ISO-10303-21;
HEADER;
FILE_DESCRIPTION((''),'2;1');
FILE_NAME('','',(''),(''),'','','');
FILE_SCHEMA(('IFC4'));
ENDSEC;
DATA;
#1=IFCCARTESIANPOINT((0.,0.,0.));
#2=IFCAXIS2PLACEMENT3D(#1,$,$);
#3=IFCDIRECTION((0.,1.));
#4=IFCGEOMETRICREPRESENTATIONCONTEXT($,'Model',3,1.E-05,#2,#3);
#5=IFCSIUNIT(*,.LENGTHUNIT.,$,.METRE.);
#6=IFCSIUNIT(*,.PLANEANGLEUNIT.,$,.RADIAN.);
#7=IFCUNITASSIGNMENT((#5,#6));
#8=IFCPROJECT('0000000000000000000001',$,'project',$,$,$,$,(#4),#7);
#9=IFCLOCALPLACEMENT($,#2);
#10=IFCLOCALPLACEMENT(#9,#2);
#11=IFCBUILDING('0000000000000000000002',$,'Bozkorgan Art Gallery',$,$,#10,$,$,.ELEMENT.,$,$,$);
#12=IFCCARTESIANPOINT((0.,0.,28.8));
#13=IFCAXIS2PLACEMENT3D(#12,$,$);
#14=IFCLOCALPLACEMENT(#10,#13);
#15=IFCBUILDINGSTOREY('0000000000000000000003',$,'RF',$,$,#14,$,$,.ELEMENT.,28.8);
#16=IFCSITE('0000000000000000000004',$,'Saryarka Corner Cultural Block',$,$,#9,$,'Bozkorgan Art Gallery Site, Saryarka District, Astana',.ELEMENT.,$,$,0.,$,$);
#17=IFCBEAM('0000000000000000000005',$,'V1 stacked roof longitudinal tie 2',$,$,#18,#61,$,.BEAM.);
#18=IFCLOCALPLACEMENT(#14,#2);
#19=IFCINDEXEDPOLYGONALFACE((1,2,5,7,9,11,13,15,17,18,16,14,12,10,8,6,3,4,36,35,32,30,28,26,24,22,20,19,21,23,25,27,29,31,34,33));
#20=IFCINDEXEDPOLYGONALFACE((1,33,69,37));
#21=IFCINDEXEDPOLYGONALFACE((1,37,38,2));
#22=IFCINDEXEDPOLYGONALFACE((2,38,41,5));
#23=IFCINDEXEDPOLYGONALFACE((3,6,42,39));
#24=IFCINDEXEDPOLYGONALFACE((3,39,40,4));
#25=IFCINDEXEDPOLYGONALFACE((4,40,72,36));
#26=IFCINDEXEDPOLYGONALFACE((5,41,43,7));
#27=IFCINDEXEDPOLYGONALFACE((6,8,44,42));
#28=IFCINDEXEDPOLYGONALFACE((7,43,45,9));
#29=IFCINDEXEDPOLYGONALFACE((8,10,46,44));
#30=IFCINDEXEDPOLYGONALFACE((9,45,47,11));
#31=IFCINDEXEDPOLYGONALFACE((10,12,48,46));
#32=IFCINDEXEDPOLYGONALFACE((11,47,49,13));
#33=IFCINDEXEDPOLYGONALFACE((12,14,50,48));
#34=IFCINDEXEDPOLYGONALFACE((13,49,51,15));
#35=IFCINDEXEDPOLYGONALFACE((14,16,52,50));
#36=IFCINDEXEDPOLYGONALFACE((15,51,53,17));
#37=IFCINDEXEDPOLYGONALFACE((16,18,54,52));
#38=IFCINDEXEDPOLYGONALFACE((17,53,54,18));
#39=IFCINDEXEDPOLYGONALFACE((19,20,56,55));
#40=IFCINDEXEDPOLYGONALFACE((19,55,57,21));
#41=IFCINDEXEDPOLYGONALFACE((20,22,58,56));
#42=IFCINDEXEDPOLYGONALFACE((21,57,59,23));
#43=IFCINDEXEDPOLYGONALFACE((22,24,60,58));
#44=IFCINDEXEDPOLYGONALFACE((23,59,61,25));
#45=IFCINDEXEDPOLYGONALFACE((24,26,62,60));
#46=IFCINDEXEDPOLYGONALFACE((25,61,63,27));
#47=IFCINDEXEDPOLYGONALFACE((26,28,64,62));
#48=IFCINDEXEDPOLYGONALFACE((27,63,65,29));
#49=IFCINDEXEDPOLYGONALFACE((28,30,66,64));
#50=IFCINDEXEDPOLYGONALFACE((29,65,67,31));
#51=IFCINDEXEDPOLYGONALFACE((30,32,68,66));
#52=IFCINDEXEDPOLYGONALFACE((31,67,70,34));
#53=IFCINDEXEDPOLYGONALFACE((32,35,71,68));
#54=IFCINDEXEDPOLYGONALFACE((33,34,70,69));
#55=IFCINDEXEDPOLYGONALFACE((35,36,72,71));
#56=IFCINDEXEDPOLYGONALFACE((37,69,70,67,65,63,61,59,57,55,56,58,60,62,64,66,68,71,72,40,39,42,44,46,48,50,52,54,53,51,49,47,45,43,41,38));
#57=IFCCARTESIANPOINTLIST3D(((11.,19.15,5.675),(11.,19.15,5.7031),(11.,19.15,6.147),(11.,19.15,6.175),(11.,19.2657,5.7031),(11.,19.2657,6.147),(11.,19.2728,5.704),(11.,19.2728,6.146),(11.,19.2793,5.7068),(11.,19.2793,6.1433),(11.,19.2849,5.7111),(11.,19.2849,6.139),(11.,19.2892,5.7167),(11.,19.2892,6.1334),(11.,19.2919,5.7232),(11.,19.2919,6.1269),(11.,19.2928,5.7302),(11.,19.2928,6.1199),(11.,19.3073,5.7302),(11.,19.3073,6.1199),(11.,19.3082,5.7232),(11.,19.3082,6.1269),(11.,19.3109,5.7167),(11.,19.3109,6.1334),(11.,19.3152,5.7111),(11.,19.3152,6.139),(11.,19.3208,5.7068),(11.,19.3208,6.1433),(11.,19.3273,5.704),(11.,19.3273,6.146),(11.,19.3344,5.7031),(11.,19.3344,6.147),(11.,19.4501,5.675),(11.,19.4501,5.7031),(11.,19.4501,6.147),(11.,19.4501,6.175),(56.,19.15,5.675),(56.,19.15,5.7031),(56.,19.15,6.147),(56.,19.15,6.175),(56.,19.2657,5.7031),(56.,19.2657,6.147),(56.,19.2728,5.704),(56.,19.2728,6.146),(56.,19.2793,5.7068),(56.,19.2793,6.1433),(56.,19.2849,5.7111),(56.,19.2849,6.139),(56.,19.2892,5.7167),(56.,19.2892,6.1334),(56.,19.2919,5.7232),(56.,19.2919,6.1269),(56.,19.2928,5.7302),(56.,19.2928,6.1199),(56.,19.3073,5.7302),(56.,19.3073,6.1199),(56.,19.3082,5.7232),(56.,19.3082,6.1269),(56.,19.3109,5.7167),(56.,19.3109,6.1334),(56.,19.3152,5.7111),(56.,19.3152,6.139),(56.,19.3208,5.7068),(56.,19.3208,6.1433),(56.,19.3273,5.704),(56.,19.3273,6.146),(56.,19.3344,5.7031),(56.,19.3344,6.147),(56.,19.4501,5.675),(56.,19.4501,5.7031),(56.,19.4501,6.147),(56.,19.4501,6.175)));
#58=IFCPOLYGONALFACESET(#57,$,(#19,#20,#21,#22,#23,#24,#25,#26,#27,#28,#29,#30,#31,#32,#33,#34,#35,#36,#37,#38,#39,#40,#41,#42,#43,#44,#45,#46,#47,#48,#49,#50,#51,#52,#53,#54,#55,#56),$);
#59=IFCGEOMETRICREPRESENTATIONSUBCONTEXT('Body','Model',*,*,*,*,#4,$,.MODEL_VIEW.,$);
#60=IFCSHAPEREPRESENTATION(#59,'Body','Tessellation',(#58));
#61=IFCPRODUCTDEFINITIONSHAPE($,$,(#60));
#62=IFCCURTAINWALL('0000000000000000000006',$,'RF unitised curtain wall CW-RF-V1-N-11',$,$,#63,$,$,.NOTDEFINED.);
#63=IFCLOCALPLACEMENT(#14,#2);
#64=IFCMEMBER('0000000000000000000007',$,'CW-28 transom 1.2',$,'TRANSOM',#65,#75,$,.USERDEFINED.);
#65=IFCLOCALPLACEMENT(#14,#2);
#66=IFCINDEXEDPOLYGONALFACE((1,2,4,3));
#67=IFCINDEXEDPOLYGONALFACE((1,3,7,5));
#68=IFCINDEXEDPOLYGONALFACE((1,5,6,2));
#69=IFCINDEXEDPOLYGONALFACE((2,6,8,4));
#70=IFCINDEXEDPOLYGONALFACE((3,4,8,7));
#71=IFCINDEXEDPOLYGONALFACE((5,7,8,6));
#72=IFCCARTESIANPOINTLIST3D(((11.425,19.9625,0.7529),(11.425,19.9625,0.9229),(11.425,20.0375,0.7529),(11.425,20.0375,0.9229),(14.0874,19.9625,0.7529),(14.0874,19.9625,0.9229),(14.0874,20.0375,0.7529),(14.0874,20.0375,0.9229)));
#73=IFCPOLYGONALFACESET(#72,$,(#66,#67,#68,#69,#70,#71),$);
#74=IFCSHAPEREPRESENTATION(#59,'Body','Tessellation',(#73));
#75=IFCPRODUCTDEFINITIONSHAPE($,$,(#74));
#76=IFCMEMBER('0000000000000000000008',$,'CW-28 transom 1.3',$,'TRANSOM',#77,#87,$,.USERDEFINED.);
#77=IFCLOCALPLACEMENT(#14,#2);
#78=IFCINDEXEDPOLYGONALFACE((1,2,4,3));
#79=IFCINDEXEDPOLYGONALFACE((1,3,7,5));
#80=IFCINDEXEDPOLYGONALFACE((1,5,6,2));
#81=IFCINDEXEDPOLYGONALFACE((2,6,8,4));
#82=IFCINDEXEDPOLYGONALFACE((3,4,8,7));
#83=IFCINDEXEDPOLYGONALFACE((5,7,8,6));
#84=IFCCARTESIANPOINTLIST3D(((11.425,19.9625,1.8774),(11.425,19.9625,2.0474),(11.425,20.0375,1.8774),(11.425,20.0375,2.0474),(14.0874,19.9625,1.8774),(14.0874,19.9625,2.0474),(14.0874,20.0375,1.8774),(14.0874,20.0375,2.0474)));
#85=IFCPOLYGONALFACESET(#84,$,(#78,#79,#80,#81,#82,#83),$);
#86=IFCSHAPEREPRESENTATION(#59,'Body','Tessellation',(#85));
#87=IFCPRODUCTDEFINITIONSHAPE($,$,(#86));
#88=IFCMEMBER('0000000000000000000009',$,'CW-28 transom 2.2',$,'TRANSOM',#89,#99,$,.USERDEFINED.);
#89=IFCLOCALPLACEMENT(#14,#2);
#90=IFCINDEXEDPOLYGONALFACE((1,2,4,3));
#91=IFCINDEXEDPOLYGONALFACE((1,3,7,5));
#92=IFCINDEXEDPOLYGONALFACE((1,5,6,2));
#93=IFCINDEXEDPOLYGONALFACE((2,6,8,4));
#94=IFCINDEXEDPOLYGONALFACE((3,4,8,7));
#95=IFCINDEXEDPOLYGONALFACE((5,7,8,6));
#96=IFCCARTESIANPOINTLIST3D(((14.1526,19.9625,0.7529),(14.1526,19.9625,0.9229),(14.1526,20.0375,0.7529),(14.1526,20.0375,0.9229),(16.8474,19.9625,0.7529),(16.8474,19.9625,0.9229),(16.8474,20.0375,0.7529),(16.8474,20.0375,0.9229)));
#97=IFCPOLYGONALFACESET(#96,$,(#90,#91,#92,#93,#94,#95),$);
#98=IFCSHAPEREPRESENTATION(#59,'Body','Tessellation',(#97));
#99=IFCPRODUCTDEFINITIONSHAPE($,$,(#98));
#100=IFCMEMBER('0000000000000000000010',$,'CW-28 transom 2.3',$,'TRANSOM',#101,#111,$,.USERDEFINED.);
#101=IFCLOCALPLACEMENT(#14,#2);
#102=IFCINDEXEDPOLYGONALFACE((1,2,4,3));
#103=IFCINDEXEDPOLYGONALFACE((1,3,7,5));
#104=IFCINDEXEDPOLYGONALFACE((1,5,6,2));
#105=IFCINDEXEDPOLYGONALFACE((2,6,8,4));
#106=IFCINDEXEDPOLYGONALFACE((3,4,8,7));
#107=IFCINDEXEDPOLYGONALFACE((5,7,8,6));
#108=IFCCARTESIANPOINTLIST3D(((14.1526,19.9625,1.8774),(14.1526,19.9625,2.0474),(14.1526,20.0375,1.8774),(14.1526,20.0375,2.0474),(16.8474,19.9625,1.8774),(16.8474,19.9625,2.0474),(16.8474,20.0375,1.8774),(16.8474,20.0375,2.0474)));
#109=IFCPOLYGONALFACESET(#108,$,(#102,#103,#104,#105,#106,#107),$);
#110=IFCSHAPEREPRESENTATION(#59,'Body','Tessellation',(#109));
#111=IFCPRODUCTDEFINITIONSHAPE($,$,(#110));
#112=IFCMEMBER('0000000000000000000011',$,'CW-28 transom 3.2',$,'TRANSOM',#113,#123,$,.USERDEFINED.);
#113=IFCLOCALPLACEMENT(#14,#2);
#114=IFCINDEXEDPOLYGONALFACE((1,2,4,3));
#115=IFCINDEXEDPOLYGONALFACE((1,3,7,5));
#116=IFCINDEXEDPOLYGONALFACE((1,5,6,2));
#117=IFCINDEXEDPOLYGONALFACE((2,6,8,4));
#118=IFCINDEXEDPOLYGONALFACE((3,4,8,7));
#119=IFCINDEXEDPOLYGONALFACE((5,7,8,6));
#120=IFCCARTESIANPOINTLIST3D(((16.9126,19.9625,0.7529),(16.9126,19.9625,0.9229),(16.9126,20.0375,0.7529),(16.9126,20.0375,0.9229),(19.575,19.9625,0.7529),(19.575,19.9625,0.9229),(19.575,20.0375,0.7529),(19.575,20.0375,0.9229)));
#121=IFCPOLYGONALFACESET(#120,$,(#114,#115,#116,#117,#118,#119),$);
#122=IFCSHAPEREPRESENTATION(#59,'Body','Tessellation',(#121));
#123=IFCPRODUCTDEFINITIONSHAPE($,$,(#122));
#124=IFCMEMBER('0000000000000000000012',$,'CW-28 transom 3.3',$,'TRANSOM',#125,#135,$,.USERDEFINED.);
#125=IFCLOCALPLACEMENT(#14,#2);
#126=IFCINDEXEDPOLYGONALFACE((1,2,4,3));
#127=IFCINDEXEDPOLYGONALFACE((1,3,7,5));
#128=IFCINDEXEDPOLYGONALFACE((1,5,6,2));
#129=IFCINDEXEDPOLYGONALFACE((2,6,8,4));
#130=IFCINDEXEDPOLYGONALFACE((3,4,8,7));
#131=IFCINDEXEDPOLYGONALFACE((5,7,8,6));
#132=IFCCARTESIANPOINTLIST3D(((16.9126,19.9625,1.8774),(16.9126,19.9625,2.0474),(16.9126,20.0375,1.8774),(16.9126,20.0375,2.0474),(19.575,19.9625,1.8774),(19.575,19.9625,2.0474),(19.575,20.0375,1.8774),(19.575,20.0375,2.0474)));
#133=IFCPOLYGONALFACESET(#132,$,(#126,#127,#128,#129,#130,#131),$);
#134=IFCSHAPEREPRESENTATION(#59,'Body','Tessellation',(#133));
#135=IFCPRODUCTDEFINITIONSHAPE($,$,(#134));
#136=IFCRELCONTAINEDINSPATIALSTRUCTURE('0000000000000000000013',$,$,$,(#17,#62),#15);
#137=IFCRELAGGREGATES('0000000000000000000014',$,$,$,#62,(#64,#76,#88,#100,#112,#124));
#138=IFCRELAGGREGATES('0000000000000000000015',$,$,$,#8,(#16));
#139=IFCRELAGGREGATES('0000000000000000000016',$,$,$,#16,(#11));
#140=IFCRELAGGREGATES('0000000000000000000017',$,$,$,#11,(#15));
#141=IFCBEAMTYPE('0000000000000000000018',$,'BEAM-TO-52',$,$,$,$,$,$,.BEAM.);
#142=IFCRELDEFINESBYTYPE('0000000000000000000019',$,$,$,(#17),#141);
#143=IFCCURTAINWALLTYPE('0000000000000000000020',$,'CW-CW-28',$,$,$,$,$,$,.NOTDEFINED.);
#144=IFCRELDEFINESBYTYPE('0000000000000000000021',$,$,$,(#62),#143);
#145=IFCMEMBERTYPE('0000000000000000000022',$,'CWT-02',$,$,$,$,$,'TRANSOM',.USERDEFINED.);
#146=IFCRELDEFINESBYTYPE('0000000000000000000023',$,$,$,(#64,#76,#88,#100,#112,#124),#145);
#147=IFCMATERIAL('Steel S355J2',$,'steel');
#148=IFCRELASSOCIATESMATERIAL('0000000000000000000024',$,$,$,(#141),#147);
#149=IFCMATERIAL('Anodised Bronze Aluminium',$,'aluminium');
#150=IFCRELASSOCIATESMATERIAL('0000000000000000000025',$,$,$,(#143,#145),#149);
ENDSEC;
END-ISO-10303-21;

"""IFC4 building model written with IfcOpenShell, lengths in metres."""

from ifc_helpers import new_model, si_unit, direction, frame, origin, origin_2d, place, context, subcontext, project, spatial, rectangle, i_section, extrude, material, material_profile, profile_set, type_object, element, aggregate, save


model = new_model("IFC4")

# Units and contexts
model_context = context("Model", 3, precision=1e-05, world=origin(), true_north=direction((0.0, 1.0)))
body_context = subcontext(model_context, "Body", "Model", "MODEL_VIEW")
ifc_project = project(units=[si_unit("LENGTHUNIT", "METRE"), si_unit("PLANEANGLEUNIT", "RADIAN")], contexts=[model_context])

# Site, building, storey
site_placement = place(None, origin())
site = spatial("IfcSite", under=ifc_project, at=site_placement, Name="Saryarka Corner Cultural Block", LongName="Bozkorgan Art Gallery Site, Saryarka District, Astana", CompositionType="ELEMENT", RefElevation=0.0)
building_placement = place(site_placement, origin())
building = spatial("IfcBuilding", under=site, at=building_placement, Name="Bozkorgan Art Gallery", CompositionType="ELEMENT")
storey_placement = place(building_placement, frame((0.0, 0.0, 28.8)))
storey = spatial("IfcBuildingStorey", under=building, at=storey_placement, Name="RF", CompositionType="ELEMENT", Elevation=28.8)

# Beam
ifc_material_1 = material(Name="Steel S355J2", Category="steel")
ifc_material_profile_1 = material_profile(ifc_material_1, i_section(OverallWidth=0.3, OverallDepth=0.5, WebThickness=0.0144, FlangeThickness=0.0281, FilletRadius=0.0271, at=origin_2d()), Name="HEB 500")
ifc_profile_set_1 = profile_set([ifc_material_profile_1], Name="Steel S355J2")
beam_type = type_object("IfcBeamType", Name="BEAM-TO-52", PredefinedType="BEAM", material=ifc_profile_set_1)
beam_placement = place(storey_placement, frame((11.0, 19.3, 5.925), z_axis=(1.0, 0.0, 0.0), x_axis=(0.0, 1.0, 0.0)))
element("IfcBeam", 1, at=beam_placement, inside=storey, type_object=beam_type, Name="V1 stacked roof longitudinal tie 2", PredefinedType="BEAM", context=body_context, shape_type="SweptSolid", body=[
    extrude(i_section(OverallWidth=0.3, OverallDepth=0.5, WebThickness=0.0144, FlangeThickness=0.0281, FilletRadius=0.0271, at=origin_2d()), origin(), (0.0, 0.0, 1.0), 45.0),
])

# Curtain wall, members
ifc_material_2 = material(Name="Anodised Bronze Aluminium", Category="aluminium")
curtain_wall_type = type_object("IfcCurtainWallType", Name="CW-CW-28", PredefinedType="NOTDEFINED", material=ifc_material_2)
curtain_wall_placement = place(storey_placement, origin())
curtain_wall = element("IfcCurtainWall", 2, at=curtain_wall_placement, inside=storey, type_object=curtain_wall_type, Name="RF unitised curtain wall CW-RF-V1-N-11", PredefinedType="NOTDEFINED")
ifc_material_profile_2 = material_profile(ifc_material_2, rectangle(XDim=0.075, YDim=0.1699, at=origin_2d()), Name="ALU TRANSOM 75x170")
ifc_profile_set_2 = profile_set([ifc_material_profile_2], Name="Anodised Bronze Aluminium")
member_type_1 = type_object("IfcMemberType", Name="CWT-02", ElementType="TRANSOM", PredefinedType="USERDEFINED", material=ifc_profile_set_2)
member_1_placement = place(storey_placement, frame((11.425, 20.0, 0.8379), z_axis=(1.0, 0.0, 0.0), x_axis=(0.0, 1.0, 0.0)))
member_1 = element("IfcMember", 3, at=member_1_placement, type_object=member_type_1, Name="CW-28 transom 1.2", ObjectType="TRANSOM", PredefinedType="USERDEFINED", context=body_context, shape_type="SweptSolid", body=[
    extrude(rectangle(XDim=0.075, YDim=0.1699, at=origin_2d()), origin(), (0.0, 0.0, 1.0), 2.6624),
])
member_2_placement = place(storey_placement, frame((11.425, 20.0, 1.9624), z_axis=(1.0, 0.0, 0.0), x_axis=(0.0, 1.0, 0.0)))
member_2 = element("IfcMember", 4, at=member_2_placement, type_object=member_type_1, Name="CW-28 transom 1.3", ObjectType="TRANSOM", PredefinedType="USERDEFINED", context=body_context, shape_type="SweptSolid", body=[
    extrude(rectangle(XDim=0.075, YDim=0.1699, at=origin_2d()), origin(), (0.0, 0.0, 1.0), 2.6624),
])
member_3_placement = place(storey_placement, frame((14.1526, 20.0, 0.8379), z_axis=(1.0, 0.0, 0.0), x_axis=(0.0, 1.0, 0.0)))
member_3 = element("IfcMember", 5, at=member_3_placement, type_object=member_type_1, Name="CW-28 transom 2.2", ObjectType="TRANSOM", PredefinedType="USERDEFINED", context=body_context, shape_type="SweptSolid", body=[
    extrude(rectangle(XDim=0.075, YDim=0.1699, at=origin_2d()), origin(), (0.0, 0.0, 1.0), 2.6948),
])
member_4_placement = place(storey_placement, frame((14.1526, 20.0, 1.9624), z_axis=(1.0, 0.0, 0.0), x_axis=(0.0, 1.0, 0.0)))
member_4 = element("IfcMember", 6, at=member_4_placement, type_object=member_type_1, Name="CW-28 transom 2.3", ObjectType="TRANSOM", PredefinedType="USERDEFINED", context=body_context, shape_type="SweptSolid", body=[
    extrude(rectangle(XDim=0.075, YDim=0.1699, at=origin_2d()), origin(), (0.0, 0.0, 1.0), 2.6948),
])
member_5_placement = place(storey_placement, frame((16.9126, 20.0, 0.8379), z_axis=(1.0, 0.0, 0.0), x_axis=(0.0, 1.0, 0.0)))
member_5 = element("IfcMember", 7, at=member_5_placement, type_object=member_type_1, Name="CW-28 transom 3.2", ObjectType="TRANSOM", PredefinedType="USERDEFINED", context=body_context, shape_type="SweptSolid", body=[
    extrude(rectangle(XDim=0.075, YDim=0.1699, at=origin_2d()), origin(), (0.0, 0.0, 1.0), 2.6624),
])
member_6_placement = place(storey_placement, frame((16.9126, 20.0, 1.9624), z_axis=(1.0, 0.0, 0.0), x_axis=(0.0, 1.0, 0.0)))
member_6 = element("IfcMember", 8, at=member_6_placement, type_object=member_type_1, Name="CW-28 transom 3.3", ObjectType="TRANSOM", PredefinedType="USERDEFINED", context=body_context, shape_type="SweptSolid", body=[
    extrude(rectangle(XDim=0.075, YDim=0.1699, at=origin_2d()), origin(), (0.0, 0.0, 1.0), 2.6624),
])

aggregate(curtain_wall, [member_1, member_2, member_3, member_4, member_5, member_6])

save(model, "model.ifc")
